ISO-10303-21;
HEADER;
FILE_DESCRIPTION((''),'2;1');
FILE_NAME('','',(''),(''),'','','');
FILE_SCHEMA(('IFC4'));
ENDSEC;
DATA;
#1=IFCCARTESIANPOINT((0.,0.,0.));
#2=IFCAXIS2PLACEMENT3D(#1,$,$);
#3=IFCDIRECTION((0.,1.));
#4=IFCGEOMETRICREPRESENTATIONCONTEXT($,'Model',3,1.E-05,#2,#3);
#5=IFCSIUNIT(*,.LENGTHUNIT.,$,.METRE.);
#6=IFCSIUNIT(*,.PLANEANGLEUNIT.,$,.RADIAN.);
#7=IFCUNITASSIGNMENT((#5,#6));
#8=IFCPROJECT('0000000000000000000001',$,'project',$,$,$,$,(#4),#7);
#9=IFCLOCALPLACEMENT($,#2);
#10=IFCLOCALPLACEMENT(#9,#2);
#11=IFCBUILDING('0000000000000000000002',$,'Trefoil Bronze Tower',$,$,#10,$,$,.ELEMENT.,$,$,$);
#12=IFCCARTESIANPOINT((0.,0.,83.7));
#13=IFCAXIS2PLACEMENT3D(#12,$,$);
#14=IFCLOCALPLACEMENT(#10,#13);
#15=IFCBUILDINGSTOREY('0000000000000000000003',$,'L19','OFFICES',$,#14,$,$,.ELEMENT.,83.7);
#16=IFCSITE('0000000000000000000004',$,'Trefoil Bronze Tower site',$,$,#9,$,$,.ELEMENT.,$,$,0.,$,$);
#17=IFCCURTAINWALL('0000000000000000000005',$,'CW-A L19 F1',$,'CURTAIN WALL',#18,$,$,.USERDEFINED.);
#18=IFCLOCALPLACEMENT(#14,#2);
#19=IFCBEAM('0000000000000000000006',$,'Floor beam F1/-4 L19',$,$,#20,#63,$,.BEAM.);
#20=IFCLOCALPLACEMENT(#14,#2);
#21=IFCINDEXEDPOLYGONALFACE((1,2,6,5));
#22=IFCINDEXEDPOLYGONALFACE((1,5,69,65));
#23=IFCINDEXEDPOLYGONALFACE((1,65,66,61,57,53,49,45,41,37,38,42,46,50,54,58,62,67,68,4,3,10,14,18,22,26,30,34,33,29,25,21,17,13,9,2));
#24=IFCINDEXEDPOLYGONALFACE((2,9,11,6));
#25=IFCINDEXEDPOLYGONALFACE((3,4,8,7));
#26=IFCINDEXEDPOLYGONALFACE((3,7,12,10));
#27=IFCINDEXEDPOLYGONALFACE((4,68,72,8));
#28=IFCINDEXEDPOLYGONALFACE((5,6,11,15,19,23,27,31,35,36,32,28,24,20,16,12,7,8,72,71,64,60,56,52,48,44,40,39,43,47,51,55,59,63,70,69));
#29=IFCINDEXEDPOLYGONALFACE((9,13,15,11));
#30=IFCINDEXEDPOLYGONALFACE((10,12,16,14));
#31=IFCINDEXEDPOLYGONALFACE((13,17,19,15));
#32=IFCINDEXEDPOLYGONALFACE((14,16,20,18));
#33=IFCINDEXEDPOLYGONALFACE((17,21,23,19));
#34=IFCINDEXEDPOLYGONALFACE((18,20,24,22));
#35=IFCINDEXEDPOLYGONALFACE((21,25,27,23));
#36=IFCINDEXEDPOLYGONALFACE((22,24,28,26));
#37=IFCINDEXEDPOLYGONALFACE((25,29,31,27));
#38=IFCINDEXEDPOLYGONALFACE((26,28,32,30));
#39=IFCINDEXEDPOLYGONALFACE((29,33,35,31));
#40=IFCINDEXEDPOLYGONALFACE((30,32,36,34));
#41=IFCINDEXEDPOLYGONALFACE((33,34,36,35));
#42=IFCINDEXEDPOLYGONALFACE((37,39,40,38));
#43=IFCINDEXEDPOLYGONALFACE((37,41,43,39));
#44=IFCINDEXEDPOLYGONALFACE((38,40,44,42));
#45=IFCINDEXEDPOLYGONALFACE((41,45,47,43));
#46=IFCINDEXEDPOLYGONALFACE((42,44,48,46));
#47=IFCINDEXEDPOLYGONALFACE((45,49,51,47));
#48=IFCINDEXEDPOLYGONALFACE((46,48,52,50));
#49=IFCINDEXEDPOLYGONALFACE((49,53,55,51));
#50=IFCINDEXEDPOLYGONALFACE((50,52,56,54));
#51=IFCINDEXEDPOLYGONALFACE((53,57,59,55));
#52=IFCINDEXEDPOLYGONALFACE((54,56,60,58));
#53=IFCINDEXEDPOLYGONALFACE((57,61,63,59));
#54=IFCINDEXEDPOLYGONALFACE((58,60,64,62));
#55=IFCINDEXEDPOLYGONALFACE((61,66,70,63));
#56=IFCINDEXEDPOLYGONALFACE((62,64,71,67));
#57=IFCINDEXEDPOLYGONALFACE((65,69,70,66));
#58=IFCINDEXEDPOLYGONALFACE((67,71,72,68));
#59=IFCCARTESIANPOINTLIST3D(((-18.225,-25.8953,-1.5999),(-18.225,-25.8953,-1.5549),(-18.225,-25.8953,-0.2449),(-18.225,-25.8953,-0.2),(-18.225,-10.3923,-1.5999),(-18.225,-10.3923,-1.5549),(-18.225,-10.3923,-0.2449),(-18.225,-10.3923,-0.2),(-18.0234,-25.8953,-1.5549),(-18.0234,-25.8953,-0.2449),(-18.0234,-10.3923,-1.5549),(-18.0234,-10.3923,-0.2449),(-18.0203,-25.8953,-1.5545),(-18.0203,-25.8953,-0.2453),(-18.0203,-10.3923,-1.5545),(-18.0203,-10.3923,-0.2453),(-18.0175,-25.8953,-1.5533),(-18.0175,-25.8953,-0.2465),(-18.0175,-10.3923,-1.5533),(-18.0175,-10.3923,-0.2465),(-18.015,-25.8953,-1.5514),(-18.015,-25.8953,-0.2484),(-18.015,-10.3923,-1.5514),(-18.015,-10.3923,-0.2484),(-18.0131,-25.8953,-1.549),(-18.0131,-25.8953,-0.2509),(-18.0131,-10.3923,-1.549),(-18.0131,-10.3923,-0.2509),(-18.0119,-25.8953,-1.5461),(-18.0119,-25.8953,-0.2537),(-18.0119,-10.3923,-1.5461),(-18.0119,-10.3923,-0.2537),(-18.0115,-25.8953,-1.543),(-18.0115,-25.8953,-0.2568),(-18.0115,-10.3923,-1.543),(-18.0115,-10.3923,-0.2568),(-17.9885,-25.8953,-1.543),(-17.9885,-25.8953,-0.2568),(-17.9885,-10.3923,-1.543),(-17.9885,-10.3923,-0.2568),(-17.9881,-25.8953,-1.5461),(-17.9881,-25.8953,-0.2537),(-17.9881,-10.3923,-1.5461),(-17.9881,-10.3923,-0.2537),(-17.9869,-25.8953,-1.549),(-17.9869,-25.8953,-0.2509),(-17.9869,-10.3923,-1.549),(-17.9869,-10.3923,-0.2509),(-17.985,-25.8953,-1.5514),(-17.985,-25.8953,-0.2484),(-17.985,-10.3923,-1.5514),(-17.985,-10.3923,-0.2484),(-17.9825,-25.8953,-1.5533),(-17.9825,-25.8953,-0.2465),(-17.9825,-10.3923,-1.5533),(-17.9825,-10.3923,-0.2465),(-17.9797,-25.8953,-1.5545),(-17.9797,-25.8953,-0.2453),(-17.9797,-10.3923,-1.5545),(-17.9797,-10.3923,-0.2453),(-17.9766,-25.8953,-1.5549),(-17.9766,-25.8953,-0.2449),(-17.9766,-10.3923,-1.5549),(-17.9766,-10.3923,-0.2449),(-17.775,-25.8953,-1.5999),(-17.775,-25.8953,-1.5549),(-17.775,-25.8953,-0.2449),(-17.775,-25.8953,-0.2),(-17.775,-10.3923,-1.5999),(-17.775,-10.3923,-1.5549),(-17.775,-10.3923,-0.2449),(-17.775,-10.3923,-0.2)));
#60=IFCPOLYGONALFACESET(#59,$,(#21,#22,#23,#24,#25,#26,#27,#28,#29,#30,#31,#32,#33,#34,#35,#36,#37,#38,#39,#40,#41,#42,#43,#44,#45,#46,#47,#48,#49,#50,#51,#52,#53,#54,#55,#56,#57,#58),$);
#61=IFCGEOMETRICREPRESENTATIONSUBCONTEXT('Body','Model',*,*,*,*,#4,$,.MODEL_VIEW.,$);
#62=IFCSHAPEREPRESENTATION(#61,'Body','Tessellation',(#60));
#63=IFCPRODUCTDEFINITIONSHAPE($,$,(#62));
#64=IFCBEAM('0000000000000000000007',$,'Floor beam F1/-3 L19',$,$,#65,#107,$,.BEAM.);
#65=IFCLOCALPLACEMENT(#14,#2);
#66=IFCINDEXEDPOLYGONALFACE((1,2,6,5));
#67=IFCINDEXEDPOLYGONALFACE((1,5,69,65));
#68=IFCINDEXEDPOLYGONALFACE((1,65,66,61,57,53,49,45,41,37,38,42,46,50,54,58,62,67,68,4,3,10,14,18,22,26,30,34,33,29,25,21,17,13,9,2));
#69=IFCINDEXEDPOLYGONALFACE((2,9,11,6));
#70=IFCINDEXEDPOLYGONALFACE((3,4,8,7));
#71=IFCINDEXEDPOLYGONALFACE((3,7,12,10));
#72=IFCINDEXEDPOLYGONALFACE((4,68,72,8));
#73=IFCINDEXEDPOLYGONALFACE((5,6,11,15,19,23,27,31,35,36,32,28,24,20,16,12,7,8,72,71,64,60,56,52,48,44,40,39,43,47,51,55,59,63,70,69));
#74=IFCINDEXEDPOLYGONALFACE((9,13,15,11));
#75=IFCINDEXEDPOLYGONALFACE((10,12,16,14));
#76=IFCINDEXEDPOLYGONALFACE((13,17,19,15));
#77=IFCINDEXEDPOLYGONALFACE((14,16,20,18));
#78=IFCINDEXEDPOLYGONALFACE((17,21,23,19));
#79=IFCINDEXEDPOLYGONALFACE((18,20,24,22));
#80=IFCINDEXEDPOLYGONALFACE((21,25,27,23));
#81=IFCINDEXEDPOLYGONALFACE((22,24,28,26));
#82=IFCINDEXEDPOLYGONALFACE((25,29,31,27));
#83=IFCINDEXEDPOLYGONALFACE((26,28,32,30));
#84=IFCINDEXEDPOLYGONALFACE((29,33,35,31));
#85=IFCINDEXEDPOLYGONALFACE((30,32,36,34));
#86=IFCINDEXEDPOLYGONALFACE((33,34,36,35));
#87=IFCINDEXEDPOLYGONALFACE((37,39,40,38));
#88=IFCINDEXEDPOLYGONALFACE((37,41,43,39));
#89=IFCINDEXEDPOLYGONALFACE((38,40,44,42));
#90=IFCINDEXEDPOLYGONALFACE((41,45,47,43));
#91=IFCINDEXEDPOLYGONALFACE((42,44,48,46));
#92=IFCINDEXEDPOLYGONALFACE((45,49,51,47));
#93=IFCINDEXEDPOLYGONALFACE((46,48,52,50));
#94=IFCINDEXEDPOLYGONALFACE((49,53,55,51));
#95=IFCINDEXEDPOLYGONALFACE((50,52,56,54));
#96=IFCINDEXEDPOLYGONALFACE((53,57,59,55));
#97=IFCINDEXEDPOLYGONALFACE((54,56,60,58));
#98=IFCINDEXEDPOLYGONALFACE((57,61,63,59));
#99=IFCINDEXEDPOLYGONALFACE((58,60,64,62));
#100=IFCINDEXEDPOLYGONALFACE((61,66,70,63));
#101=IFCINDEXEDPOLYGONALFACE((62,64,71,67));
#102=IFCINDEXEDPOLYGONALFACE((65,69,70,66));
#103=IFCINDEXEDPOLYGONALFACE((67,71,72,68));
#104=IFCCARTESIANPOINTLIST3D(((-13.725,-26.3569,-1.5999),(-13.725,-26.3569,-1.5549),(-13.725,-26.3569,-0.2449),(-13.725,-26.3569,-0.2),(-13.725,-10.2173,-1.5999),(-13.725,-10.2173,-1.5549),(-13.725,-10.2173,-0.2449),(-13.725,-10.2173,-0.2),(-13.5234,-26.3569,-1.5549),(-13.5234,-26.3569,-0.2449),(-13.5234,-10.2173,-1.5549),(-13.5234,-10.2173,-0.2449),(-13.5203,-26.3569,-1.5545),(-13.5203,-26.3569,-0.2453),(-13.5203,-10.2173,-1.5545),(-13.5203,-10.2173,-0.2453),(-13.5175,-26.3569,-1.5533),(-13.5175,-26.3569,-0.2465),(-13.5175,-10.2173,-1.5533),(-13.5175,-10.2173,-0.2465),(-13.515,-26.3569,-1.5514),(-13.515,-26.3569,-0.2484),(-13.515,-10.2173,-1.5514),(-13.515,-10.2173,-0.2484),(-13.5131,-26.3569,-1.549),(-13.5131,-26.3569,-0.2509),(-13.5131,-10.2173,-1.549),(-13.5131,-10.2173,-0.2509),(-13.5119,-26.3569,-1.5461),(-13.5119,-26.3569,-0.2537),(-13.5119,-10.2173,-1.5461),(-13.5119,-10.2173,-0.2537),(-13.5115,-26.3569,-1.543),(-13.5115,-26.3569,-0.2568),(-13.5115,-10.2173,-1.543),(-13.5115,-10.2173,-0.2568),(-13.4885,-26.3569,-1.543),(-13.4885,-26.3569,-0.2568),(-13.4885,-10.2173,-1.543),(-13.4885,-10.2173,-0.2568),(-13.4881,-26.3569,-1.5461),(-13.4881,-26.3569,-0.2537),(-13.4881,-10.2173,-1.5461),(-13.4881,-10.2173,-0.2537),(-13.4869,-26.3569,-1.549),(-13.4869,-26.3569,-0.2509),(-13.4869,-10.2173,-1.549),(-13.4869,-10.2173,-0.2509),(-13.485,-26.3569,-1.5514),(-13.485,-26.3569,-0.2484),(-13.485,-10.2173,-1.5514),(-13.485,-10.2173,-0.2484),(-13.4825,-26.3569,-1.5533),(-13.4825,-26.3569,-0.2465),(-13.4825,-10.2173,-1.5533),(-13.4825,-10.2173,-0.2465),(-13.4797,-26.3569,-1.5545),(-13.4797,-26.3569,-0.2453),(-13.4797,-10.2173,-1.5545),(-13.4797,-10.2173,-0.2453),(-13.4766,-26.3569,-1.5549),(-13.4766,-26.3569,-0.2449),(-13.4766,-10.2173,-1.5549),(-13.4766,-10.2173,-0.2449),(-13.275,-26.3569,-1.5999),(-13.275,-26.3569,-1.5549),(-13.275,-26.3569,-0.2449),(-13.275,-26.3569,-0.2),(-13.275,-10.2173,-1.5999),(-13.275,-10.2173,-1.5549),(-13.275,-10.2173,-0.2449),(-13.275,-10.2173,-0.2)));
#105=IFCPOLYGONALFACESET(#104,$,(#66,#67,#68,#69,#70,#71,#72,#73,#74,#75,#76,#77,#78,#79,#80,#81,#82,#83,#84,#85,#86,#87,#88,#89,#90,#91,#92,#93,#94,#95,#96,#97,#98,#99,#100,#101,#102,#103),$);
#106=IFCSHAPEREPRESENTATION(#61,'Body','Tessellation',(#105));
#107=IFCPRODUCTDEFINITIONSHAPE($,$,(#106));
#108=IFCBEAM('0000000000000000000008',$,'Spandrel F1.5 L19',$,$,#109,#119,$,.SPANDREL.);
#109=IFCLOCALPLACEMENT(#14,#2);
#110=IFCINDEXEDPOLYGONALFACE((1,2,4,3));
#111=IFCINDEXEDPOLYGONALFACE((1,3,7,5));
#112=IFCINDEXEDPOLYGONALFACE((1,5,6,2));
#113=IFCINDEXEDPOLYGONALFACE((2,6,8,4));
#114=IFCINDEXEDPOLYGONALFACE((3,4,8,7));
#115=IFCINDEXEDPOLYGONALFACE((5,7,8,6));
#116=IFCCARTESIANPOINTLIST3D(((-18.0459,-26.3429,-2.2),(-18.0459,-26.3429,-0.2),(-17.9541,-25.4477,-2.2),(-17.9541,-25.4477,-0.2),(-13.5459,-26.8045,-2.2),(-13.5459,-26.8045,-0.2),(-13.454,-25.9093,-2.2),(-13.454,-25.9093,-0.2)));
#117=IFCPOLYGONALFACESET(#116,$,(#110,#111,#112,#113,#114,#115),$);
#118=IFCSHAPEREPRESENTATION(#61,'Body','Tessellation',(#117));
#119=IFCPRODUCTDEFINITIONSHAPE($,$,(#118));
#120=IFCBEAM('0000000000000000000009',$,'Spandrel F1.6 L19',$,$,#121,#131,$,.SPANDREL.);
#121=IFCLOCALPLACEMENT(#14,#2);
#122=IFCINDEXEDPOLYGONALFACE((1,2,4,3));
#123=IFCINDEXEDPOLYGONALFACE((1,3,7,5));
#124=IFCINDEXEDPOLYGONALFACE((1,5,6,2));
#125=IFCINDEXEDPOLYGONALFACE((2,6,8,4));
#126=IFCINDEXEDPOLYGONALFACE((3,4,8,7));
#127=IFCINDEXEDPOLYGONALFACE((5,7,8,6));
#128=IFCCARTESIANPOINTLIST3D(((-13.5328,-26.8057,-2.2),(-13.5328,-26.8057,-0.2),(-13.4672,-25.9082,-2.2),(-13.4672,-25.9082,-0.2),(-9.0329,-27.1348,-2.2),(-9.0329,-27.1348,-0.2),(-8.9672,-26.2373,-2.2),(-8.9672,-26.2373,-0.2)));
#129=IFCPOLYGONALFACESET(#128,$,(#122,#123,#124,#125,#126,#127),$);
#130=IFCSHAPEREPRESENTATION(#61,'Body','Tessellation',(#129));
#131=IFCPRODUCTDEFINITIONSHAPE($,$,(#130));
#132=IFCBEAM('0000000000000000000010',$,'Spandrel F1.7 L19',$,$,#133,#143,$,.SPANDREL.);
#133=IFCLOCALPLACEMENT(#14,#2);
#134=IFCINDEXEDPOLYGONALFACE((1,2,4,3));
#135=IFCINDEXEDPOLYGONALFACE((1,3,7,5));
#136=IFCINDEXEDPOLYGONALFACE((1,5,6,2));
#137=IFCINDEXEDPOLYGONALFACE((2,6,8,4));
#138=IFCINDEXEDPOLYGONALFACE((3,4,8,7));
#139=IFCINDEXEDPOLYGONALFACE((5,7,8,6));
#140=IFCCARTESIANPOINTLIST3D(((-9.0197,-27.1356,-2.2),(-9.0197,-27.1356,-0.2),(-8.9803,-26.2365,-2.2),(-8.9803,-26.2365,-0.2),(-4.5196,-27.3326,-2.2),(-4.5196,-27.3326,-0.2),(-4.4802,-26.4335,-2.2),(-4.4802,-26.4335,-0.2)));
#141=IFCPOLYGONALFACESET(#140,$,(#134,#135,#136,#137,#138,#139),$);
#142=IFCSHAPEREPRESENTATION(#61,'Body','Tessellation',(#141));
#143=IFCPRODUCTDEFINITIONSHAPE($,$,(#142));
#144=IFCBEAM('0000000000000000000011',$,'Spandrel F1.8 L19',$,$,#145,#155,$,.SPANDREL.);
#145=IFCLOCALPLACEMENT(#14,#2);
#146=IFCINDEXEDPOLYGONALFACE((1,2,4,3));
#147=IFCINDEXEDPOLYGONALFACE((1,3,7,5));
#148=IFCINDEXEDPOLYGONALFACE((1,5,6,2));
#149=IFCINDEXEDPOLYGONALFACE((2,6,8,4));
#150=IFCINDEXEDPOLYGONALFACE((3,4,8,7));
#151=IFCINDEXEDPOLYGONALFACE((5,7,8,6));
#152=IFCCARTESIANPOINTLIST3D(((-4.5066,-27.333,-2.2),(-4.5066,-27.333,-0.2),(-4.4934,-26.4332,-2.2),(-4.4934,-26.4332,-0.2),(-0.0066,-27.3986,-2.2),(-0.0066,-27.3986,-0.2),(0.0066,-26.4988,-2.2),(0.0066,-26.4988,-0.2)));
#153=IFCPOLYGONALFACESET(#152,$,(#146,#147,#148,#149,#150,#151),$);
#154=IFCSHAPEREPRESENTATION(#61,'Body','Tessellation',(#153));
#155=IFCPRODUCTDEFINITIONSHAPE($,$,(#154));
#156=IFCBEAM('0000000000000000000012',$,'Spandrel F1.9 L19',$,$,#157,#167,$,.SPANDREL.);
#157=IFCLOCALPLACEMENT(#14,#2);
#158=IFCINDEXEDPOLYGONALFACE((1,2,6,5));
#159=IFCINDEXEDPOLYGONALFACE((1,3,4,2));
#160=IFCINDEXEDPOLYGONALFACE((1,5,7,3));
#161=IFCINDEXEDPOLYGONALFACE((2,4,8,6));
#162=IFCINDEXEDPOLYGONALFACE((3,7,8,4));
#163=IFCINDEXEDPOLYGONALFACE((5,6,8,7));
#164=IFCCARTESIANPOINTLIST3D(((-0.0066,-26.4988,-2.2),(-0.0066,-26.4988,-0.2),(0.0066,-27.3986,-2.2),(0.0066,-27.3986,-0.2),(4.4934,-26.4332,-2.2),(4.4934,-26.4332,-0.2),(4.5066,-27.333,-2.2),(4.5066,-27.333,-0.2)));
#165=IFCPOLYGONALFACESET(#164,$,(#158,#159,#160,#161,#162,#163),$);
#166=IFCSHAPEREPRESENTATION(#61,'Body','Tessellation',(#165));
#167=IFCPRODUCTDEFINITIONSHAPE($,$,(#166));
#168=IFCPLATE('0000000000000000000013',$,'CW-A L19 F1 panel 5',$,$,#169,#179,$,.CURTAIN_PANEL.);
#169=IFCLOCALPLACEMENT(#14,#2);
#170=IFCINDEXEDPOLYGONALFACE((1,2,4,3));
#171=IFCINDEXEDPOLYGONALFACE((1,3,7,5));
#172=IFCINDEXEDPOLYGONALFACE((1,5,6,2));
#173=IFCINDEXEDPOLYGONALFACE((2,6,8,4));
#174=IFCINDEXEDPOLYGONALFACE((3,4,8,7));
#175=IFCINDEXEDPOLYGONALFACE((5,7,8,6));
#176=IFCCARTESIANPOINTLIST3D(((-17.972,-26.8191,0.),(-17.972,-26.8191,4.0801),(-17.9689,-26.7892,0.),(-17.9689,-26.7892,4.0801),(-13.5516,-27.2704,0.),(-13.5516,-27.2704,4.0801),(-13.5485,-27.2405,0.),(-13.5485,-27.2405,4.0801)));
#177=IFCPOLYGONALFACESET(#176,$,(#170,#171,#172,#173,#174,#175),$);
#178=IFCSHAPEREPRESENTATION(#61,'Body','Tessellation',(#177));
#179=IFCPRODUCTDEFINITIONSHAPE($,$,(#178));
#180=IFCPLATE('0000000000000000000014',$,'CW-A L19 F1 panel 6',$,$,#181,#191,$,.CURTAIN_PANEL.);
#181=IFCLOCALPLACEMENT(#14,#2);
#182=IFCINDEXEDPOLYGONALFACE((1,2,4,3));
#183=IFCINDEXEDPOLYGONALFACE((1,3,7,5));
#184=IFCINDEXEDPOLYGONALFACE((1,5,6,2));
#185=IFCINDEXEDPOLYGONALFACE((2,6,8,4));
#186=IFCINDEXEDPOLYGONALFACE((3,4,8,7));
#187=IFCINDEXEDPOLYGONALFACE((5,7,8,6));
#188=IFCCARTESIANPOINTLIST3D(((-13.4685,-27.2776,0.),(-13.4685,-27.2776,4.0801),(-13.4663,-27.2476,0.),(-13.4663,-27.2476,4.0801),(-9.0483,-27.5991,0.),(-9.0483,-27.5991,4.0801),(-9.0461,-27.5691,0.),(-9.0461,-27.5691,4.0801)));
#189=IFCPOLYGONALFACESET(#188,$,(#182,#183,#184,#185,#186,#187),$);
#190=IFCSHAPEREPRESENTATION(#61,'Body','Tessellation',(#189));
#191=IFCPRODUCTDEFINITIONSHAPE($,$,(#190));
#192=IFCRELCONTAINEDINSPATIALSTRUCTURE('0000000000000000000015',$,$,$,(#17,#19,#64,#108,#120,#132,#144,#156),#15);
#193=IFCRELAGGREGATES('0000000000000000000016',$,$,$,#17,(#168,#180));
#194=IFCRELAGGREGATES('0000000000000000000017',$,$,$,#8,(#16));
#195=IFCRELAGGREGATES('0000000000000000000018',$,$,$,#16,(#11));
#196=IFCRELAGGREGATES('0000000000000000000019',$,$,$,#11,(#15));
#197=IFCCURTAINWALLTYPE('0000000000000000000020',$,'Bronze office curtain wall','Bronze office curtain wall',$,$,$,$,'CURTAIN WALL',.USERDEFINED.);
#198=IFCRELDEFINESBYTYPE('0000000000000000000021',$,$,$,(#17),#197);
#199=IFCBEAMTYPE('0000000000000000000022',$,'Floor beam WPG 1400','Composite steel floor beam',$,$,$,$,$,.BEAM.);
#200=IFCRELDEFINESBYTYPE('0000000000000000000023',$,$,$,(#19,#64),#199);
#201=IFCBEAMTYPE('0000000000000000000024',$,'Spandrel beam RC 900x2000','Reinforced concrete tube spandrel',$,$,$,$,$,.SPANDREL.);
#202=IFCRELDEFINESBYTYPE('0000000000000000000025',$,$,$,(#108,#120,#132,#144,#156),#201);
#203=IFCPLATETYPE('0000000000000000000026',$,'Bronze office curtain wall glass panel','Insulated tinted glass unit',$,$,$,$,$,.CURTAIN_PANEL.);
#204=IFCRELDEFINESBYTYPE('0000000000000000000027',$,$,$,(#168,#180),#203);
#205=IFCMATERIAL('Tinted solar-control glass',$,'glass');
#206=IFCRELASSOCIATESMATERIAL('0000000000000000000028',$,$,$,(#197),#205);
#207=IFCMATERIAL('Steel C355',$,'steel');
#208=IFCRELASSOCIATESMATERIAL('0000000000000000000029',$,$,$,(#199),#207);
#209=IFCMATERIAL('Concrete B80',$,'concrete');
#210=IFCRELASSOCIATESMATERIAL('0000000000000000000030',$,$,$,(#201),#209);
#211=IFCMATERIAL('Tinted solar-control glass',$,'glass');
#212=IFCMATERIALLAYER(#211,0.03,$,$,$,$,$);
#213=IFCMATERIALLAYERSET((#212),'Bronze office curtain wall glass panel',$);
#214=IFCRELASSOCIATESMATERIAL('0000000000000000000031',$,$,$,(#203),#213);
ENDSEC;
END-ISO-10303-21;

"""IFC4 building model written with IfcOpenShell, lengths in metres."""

from ifc_helpers import new_model, si_unit, direction, frame, origin, origin_2d, place, context, subcontext, project, spatial, rectangle, i_section, extrude, material, layer, layer_set, material_profile, profile_set, type_object, element, aggregate, save


model = new_model("IFC4")

# Units and contexts
model_context = context("Model", 3, precision=1e-05, world=origin(), true_north=direction((0.0, 1.0)))
body_context = subcontext(model_context, "Body", "Model", "MODEL_VIEW")
ifc_project = project(units=[si_unit("LENGTHUNIT", "METRE"), si_unit("PLANEANGLEUNIT", "RADIAN")], contexts=[model_context])

# Site, building, storey
site_placement = place(None, origin())
site = spatial("IfcSite", under=ifc_project, at=site_placement, Name="Trefoil Bronze Tower site", CompositionType="ELEMENT", RefElevation=0.0)
building_placement = place(site_placement, origin())
building = spatial("IfcBuilding", under=site, at=building_placement, Name="Trefoil Bronze Tower", CompositionType="ELEMENT")
storey_placement = place(building_placement, frame((0.0, 0.0, 83.7)))
storey = spatial("IfcBuildingStorey", under=building, at=storey_placement, Name="L19", Description="OFFICES", CompositionType="ELEMENT", Elevation=83.7)

# Curtain wall
ifc_material_1 = material(Name="Tinted solar-control glass", Category="glass")
curtain_wall_type = type_object("IfcCurtainWallType", Name="Bronze office curtain wall", Description="Bronze office curtain wall", ElementType="CURTAIN WALL", PredefinedType="USERDEFINED", material=ifc_material_1)
curtain_wall_placement = place(storey_placement, origin())
curtain_wall = element("IfcCurtainWall", 1, at=curtain_wall_placement, inside=storey, type_object=curtain_wall_type, Name="CW-A L19 F1", ObjectType="CURTAIN WALL", PredefinedType="USERDEFINED")

# Beams
ifc_material_2 = material(Name="Steel C355", Category="steel")
ifc_material_profile_1 = material_profile(ifc_material_2, i_section(OverallWidth=0.45, OverallDepth=1.3999, WebThickness=0.0229, FlangeThickness=0.0449, FilletRadius=0.012, at=origin_2d()), Name="WPG 1400")
ifc_profile_set_1 = profile_set([ifc_material_profile_1], Name="Steel C355")
beam_type_1 = type_object("IfcBeamType", Name="Floor beam WPG 1400", Description="Composite steel floor beam", PredefinedType="BEAM", material=ifc_profile_set_1)
beam_1_placement = place(storey_placement, frame((-18.0, -25.8953, -0.8999), z_axis=(0.0, 1.0, 0.0), x_axis=(-1.0, 0.0, 0.0)))
element("IfcBeam", 2, at=beam_1_placement, inside=storey, type_object=beam_type_1, Name="Floor beam F1/-4 L19", PredefinedType="BEAM", context=body_context, shape_type="SweptSolid", body=[
    extrude(i_section(OverallWidth=0.45, OverallDepth=1.3999, WebThickness=0.0229, FlangeThickness=0.0449, FilletRadius=0.012, at=origin_2d()), origin(), (0.0, 0.0, 1.0), 15.5029),
])
beam_2_placement = place(storey_placement, frame((-13.5, -26.3569, -0.8999), z_axis=(0.0, 1.0, 0.0), x_axis=(-1.0, 0.0, 0.0)))
element("IfcBeam", 3, at=beam_2_placement, inside=storey, type_object=beam_type_1, Name="Floor beam F1/-3 L19", PredefinedType="BEAM", context=body_context, shape_type="SweptSolid", body=[
    extrude(i_section(OverallWidth=0.45, OverallDepth=1.3999, WebThickness=0.0229, FlangeThickness=0.0449, FilletRadius=0.012, at=origin_2d()), origin(), (0.0, 0.0, 1.0), 16.1396),
])
ifc_material_3 = material(Name="Concrete B80", Category="concrete")
ifc_material_profile_2 = material_profile(ifc_material_3, rectangle(XDim=0.8999, YDim=2.0, at=origin_2d()), Name="RC 900x2000")
ifc_profile_set_2 = profile_set([ifc_material_profile_2], Name="Concrete B80")
beam_type_2 = type_object("IfcBeamType", Name="Spandrel beam RC 900x2000", Description="Reinforced concrete tube spandrel", PredefinedType="SPANDREL", material=ifc_profile_set_2)
beam_3_placement = place(storey_placement, frame((-18.0, -25.8953, -1.2), z_axis=(0.994778, -0.102058, 0.0), x_axis=(0.102058, 0.994778, 0.0)))
element("IfcBeam", 4, at=beam_3_placement, inside=storey, type_object=beam_type_2, Name="Spandrel F1.5 L19", PredefinedType="SPANDREL", context=body_context, shape_type="SweptSolid", body=[
    extrude(rectangle(XDim=0.8999, YDim=2.0, at=origin_2d()), origin(), (0.0, 0.0, 1.0), 4.5237),
])
beam_4_placement = place(storey_placement, frame((-13.5, -26.3569, -1.2), z_axis=(0.997336, -0.072939, 0.0), x_axis=(0.072939, 0.997336, 0.0)))
element("IfcBeam", 5, at=beam_4_placement, inside=storey, type_object=beam_type_2, Name="Spandrel F1.6 L19", PredefinedType="SPANDREL", context=body_context, shape_type="SweptSolid", body=[
    extrude(rectangle(XDim=0.8999, YDim=2.0, at=origin_2d()), origin(), (0.0, 0.0, 1.0), 4.512),
])
beam_5_placement = place(storey_placement, frame((-9.0, -26.686, -1.2), z_axis=(0.999043, -0.043741, 0.0), x_axis=(0.043741, 0.999043, 0.0)))
element("IfcBeam", 6, at=beam_5_placement, inside=storey, type_object=beam_type_2, Name="Spandrel F1.7 L19", PredefinedType="SPANDREL", context=body_context, shape_type="SweptSolid", body=[
    extrude(rectangle(XDim=0.8999, YDim=2.0, at=origin_2d()), origin(), (0.0, 0.0, 1.0), 4.5044),
])
for number, where, z_axis, x_axis, name in (
    (7, (-4.5, -26.8831, -1.2), (0.999894, -0.014593, 0.0), (0.014593, 0.999894, 0.0), "Spandrel F1.8 L19"),
    (8, (0.0, -26.9487, -1.2), (0.999894, 0.014593, 0.0), (-0.014593, 0.999894, 0.0), "Spandrel F1.9 L19"),
):
    element("IfcBeam", number, at=place(storey_placement, frame(where, z_axis=z_axis, x_axis=x_axis)), inside=storey, type_object=beam_type_2, Name=name, PredefinedType="SPANDREL", context=body_context, shape_type="SweptSolid", body=[
        extrude(rectangle(XDim=0.8999, YDim=2.0, at=origin_2d()), origin(), (0.0, 0.0, 1.0), 4.5005),
    ])

# Plates
ifc_material_4 = material(Name="Tinted solar-control glass", Category="glass")
ifc_layer_1 = layer(ifc_material_4, 0.03)
ifc_layer_set_1 = layer_set([ifc_layer_1], Name="Bronze office curtain wall glass panel")
plate_type = type_object("IfcPlateType", Name="Bronze office curtain wall glass panel", Description="Insulated tinted glass unit", PredefinedType="CURTAIN_PANEL", material=ifc_layer_set_1)
plate_1_placement = place(storey_placement, frame((-15.7603, -27.0298, 0.0), z_axis=(0.0, 0.0, 1.0), x_axis=(0.994829, -0.101565, 0.0)))
plate_1 = element("IfcPlate", 9, at=plate_1_placement, type_object=plate_type, Name="CW-A L19 F1 panel 5", PredefinedType="CURTAIN_PANEL", context=body_context, shape_type="SweptSolid", body=[
    extrude(rectangle(XDim=4.4434, YDim=0.03, at=origin_2d()), origin(), (0.0, 0.0, 1.0), 4.0801),
])
plate_2_placement = place(storey_placement, frame((-11.2573, -27.4233, 0.0), z_axis=(0.0, 0.0, 1.0), x_axis=(0.997365, -0.072547, 0.0)))
plate_2 = element("IfcPlate", 10, at=plate_2_placement, type_object=plate_type, Name="CW-A L19 F1 panel 6", PredefinedType="CURTAIN_PANEL", context=body_context, shape_type="SweptSolid", body=[
    extrude(rectangle(XDim=4.4319, YDim=0.03, at=origin_2d()), origin(), (0.0, 0.0, 1.0), 4.0801),
])
aggregate(curtain_wall, [plate_1, plate_2])

save(model, "model.ifc")
